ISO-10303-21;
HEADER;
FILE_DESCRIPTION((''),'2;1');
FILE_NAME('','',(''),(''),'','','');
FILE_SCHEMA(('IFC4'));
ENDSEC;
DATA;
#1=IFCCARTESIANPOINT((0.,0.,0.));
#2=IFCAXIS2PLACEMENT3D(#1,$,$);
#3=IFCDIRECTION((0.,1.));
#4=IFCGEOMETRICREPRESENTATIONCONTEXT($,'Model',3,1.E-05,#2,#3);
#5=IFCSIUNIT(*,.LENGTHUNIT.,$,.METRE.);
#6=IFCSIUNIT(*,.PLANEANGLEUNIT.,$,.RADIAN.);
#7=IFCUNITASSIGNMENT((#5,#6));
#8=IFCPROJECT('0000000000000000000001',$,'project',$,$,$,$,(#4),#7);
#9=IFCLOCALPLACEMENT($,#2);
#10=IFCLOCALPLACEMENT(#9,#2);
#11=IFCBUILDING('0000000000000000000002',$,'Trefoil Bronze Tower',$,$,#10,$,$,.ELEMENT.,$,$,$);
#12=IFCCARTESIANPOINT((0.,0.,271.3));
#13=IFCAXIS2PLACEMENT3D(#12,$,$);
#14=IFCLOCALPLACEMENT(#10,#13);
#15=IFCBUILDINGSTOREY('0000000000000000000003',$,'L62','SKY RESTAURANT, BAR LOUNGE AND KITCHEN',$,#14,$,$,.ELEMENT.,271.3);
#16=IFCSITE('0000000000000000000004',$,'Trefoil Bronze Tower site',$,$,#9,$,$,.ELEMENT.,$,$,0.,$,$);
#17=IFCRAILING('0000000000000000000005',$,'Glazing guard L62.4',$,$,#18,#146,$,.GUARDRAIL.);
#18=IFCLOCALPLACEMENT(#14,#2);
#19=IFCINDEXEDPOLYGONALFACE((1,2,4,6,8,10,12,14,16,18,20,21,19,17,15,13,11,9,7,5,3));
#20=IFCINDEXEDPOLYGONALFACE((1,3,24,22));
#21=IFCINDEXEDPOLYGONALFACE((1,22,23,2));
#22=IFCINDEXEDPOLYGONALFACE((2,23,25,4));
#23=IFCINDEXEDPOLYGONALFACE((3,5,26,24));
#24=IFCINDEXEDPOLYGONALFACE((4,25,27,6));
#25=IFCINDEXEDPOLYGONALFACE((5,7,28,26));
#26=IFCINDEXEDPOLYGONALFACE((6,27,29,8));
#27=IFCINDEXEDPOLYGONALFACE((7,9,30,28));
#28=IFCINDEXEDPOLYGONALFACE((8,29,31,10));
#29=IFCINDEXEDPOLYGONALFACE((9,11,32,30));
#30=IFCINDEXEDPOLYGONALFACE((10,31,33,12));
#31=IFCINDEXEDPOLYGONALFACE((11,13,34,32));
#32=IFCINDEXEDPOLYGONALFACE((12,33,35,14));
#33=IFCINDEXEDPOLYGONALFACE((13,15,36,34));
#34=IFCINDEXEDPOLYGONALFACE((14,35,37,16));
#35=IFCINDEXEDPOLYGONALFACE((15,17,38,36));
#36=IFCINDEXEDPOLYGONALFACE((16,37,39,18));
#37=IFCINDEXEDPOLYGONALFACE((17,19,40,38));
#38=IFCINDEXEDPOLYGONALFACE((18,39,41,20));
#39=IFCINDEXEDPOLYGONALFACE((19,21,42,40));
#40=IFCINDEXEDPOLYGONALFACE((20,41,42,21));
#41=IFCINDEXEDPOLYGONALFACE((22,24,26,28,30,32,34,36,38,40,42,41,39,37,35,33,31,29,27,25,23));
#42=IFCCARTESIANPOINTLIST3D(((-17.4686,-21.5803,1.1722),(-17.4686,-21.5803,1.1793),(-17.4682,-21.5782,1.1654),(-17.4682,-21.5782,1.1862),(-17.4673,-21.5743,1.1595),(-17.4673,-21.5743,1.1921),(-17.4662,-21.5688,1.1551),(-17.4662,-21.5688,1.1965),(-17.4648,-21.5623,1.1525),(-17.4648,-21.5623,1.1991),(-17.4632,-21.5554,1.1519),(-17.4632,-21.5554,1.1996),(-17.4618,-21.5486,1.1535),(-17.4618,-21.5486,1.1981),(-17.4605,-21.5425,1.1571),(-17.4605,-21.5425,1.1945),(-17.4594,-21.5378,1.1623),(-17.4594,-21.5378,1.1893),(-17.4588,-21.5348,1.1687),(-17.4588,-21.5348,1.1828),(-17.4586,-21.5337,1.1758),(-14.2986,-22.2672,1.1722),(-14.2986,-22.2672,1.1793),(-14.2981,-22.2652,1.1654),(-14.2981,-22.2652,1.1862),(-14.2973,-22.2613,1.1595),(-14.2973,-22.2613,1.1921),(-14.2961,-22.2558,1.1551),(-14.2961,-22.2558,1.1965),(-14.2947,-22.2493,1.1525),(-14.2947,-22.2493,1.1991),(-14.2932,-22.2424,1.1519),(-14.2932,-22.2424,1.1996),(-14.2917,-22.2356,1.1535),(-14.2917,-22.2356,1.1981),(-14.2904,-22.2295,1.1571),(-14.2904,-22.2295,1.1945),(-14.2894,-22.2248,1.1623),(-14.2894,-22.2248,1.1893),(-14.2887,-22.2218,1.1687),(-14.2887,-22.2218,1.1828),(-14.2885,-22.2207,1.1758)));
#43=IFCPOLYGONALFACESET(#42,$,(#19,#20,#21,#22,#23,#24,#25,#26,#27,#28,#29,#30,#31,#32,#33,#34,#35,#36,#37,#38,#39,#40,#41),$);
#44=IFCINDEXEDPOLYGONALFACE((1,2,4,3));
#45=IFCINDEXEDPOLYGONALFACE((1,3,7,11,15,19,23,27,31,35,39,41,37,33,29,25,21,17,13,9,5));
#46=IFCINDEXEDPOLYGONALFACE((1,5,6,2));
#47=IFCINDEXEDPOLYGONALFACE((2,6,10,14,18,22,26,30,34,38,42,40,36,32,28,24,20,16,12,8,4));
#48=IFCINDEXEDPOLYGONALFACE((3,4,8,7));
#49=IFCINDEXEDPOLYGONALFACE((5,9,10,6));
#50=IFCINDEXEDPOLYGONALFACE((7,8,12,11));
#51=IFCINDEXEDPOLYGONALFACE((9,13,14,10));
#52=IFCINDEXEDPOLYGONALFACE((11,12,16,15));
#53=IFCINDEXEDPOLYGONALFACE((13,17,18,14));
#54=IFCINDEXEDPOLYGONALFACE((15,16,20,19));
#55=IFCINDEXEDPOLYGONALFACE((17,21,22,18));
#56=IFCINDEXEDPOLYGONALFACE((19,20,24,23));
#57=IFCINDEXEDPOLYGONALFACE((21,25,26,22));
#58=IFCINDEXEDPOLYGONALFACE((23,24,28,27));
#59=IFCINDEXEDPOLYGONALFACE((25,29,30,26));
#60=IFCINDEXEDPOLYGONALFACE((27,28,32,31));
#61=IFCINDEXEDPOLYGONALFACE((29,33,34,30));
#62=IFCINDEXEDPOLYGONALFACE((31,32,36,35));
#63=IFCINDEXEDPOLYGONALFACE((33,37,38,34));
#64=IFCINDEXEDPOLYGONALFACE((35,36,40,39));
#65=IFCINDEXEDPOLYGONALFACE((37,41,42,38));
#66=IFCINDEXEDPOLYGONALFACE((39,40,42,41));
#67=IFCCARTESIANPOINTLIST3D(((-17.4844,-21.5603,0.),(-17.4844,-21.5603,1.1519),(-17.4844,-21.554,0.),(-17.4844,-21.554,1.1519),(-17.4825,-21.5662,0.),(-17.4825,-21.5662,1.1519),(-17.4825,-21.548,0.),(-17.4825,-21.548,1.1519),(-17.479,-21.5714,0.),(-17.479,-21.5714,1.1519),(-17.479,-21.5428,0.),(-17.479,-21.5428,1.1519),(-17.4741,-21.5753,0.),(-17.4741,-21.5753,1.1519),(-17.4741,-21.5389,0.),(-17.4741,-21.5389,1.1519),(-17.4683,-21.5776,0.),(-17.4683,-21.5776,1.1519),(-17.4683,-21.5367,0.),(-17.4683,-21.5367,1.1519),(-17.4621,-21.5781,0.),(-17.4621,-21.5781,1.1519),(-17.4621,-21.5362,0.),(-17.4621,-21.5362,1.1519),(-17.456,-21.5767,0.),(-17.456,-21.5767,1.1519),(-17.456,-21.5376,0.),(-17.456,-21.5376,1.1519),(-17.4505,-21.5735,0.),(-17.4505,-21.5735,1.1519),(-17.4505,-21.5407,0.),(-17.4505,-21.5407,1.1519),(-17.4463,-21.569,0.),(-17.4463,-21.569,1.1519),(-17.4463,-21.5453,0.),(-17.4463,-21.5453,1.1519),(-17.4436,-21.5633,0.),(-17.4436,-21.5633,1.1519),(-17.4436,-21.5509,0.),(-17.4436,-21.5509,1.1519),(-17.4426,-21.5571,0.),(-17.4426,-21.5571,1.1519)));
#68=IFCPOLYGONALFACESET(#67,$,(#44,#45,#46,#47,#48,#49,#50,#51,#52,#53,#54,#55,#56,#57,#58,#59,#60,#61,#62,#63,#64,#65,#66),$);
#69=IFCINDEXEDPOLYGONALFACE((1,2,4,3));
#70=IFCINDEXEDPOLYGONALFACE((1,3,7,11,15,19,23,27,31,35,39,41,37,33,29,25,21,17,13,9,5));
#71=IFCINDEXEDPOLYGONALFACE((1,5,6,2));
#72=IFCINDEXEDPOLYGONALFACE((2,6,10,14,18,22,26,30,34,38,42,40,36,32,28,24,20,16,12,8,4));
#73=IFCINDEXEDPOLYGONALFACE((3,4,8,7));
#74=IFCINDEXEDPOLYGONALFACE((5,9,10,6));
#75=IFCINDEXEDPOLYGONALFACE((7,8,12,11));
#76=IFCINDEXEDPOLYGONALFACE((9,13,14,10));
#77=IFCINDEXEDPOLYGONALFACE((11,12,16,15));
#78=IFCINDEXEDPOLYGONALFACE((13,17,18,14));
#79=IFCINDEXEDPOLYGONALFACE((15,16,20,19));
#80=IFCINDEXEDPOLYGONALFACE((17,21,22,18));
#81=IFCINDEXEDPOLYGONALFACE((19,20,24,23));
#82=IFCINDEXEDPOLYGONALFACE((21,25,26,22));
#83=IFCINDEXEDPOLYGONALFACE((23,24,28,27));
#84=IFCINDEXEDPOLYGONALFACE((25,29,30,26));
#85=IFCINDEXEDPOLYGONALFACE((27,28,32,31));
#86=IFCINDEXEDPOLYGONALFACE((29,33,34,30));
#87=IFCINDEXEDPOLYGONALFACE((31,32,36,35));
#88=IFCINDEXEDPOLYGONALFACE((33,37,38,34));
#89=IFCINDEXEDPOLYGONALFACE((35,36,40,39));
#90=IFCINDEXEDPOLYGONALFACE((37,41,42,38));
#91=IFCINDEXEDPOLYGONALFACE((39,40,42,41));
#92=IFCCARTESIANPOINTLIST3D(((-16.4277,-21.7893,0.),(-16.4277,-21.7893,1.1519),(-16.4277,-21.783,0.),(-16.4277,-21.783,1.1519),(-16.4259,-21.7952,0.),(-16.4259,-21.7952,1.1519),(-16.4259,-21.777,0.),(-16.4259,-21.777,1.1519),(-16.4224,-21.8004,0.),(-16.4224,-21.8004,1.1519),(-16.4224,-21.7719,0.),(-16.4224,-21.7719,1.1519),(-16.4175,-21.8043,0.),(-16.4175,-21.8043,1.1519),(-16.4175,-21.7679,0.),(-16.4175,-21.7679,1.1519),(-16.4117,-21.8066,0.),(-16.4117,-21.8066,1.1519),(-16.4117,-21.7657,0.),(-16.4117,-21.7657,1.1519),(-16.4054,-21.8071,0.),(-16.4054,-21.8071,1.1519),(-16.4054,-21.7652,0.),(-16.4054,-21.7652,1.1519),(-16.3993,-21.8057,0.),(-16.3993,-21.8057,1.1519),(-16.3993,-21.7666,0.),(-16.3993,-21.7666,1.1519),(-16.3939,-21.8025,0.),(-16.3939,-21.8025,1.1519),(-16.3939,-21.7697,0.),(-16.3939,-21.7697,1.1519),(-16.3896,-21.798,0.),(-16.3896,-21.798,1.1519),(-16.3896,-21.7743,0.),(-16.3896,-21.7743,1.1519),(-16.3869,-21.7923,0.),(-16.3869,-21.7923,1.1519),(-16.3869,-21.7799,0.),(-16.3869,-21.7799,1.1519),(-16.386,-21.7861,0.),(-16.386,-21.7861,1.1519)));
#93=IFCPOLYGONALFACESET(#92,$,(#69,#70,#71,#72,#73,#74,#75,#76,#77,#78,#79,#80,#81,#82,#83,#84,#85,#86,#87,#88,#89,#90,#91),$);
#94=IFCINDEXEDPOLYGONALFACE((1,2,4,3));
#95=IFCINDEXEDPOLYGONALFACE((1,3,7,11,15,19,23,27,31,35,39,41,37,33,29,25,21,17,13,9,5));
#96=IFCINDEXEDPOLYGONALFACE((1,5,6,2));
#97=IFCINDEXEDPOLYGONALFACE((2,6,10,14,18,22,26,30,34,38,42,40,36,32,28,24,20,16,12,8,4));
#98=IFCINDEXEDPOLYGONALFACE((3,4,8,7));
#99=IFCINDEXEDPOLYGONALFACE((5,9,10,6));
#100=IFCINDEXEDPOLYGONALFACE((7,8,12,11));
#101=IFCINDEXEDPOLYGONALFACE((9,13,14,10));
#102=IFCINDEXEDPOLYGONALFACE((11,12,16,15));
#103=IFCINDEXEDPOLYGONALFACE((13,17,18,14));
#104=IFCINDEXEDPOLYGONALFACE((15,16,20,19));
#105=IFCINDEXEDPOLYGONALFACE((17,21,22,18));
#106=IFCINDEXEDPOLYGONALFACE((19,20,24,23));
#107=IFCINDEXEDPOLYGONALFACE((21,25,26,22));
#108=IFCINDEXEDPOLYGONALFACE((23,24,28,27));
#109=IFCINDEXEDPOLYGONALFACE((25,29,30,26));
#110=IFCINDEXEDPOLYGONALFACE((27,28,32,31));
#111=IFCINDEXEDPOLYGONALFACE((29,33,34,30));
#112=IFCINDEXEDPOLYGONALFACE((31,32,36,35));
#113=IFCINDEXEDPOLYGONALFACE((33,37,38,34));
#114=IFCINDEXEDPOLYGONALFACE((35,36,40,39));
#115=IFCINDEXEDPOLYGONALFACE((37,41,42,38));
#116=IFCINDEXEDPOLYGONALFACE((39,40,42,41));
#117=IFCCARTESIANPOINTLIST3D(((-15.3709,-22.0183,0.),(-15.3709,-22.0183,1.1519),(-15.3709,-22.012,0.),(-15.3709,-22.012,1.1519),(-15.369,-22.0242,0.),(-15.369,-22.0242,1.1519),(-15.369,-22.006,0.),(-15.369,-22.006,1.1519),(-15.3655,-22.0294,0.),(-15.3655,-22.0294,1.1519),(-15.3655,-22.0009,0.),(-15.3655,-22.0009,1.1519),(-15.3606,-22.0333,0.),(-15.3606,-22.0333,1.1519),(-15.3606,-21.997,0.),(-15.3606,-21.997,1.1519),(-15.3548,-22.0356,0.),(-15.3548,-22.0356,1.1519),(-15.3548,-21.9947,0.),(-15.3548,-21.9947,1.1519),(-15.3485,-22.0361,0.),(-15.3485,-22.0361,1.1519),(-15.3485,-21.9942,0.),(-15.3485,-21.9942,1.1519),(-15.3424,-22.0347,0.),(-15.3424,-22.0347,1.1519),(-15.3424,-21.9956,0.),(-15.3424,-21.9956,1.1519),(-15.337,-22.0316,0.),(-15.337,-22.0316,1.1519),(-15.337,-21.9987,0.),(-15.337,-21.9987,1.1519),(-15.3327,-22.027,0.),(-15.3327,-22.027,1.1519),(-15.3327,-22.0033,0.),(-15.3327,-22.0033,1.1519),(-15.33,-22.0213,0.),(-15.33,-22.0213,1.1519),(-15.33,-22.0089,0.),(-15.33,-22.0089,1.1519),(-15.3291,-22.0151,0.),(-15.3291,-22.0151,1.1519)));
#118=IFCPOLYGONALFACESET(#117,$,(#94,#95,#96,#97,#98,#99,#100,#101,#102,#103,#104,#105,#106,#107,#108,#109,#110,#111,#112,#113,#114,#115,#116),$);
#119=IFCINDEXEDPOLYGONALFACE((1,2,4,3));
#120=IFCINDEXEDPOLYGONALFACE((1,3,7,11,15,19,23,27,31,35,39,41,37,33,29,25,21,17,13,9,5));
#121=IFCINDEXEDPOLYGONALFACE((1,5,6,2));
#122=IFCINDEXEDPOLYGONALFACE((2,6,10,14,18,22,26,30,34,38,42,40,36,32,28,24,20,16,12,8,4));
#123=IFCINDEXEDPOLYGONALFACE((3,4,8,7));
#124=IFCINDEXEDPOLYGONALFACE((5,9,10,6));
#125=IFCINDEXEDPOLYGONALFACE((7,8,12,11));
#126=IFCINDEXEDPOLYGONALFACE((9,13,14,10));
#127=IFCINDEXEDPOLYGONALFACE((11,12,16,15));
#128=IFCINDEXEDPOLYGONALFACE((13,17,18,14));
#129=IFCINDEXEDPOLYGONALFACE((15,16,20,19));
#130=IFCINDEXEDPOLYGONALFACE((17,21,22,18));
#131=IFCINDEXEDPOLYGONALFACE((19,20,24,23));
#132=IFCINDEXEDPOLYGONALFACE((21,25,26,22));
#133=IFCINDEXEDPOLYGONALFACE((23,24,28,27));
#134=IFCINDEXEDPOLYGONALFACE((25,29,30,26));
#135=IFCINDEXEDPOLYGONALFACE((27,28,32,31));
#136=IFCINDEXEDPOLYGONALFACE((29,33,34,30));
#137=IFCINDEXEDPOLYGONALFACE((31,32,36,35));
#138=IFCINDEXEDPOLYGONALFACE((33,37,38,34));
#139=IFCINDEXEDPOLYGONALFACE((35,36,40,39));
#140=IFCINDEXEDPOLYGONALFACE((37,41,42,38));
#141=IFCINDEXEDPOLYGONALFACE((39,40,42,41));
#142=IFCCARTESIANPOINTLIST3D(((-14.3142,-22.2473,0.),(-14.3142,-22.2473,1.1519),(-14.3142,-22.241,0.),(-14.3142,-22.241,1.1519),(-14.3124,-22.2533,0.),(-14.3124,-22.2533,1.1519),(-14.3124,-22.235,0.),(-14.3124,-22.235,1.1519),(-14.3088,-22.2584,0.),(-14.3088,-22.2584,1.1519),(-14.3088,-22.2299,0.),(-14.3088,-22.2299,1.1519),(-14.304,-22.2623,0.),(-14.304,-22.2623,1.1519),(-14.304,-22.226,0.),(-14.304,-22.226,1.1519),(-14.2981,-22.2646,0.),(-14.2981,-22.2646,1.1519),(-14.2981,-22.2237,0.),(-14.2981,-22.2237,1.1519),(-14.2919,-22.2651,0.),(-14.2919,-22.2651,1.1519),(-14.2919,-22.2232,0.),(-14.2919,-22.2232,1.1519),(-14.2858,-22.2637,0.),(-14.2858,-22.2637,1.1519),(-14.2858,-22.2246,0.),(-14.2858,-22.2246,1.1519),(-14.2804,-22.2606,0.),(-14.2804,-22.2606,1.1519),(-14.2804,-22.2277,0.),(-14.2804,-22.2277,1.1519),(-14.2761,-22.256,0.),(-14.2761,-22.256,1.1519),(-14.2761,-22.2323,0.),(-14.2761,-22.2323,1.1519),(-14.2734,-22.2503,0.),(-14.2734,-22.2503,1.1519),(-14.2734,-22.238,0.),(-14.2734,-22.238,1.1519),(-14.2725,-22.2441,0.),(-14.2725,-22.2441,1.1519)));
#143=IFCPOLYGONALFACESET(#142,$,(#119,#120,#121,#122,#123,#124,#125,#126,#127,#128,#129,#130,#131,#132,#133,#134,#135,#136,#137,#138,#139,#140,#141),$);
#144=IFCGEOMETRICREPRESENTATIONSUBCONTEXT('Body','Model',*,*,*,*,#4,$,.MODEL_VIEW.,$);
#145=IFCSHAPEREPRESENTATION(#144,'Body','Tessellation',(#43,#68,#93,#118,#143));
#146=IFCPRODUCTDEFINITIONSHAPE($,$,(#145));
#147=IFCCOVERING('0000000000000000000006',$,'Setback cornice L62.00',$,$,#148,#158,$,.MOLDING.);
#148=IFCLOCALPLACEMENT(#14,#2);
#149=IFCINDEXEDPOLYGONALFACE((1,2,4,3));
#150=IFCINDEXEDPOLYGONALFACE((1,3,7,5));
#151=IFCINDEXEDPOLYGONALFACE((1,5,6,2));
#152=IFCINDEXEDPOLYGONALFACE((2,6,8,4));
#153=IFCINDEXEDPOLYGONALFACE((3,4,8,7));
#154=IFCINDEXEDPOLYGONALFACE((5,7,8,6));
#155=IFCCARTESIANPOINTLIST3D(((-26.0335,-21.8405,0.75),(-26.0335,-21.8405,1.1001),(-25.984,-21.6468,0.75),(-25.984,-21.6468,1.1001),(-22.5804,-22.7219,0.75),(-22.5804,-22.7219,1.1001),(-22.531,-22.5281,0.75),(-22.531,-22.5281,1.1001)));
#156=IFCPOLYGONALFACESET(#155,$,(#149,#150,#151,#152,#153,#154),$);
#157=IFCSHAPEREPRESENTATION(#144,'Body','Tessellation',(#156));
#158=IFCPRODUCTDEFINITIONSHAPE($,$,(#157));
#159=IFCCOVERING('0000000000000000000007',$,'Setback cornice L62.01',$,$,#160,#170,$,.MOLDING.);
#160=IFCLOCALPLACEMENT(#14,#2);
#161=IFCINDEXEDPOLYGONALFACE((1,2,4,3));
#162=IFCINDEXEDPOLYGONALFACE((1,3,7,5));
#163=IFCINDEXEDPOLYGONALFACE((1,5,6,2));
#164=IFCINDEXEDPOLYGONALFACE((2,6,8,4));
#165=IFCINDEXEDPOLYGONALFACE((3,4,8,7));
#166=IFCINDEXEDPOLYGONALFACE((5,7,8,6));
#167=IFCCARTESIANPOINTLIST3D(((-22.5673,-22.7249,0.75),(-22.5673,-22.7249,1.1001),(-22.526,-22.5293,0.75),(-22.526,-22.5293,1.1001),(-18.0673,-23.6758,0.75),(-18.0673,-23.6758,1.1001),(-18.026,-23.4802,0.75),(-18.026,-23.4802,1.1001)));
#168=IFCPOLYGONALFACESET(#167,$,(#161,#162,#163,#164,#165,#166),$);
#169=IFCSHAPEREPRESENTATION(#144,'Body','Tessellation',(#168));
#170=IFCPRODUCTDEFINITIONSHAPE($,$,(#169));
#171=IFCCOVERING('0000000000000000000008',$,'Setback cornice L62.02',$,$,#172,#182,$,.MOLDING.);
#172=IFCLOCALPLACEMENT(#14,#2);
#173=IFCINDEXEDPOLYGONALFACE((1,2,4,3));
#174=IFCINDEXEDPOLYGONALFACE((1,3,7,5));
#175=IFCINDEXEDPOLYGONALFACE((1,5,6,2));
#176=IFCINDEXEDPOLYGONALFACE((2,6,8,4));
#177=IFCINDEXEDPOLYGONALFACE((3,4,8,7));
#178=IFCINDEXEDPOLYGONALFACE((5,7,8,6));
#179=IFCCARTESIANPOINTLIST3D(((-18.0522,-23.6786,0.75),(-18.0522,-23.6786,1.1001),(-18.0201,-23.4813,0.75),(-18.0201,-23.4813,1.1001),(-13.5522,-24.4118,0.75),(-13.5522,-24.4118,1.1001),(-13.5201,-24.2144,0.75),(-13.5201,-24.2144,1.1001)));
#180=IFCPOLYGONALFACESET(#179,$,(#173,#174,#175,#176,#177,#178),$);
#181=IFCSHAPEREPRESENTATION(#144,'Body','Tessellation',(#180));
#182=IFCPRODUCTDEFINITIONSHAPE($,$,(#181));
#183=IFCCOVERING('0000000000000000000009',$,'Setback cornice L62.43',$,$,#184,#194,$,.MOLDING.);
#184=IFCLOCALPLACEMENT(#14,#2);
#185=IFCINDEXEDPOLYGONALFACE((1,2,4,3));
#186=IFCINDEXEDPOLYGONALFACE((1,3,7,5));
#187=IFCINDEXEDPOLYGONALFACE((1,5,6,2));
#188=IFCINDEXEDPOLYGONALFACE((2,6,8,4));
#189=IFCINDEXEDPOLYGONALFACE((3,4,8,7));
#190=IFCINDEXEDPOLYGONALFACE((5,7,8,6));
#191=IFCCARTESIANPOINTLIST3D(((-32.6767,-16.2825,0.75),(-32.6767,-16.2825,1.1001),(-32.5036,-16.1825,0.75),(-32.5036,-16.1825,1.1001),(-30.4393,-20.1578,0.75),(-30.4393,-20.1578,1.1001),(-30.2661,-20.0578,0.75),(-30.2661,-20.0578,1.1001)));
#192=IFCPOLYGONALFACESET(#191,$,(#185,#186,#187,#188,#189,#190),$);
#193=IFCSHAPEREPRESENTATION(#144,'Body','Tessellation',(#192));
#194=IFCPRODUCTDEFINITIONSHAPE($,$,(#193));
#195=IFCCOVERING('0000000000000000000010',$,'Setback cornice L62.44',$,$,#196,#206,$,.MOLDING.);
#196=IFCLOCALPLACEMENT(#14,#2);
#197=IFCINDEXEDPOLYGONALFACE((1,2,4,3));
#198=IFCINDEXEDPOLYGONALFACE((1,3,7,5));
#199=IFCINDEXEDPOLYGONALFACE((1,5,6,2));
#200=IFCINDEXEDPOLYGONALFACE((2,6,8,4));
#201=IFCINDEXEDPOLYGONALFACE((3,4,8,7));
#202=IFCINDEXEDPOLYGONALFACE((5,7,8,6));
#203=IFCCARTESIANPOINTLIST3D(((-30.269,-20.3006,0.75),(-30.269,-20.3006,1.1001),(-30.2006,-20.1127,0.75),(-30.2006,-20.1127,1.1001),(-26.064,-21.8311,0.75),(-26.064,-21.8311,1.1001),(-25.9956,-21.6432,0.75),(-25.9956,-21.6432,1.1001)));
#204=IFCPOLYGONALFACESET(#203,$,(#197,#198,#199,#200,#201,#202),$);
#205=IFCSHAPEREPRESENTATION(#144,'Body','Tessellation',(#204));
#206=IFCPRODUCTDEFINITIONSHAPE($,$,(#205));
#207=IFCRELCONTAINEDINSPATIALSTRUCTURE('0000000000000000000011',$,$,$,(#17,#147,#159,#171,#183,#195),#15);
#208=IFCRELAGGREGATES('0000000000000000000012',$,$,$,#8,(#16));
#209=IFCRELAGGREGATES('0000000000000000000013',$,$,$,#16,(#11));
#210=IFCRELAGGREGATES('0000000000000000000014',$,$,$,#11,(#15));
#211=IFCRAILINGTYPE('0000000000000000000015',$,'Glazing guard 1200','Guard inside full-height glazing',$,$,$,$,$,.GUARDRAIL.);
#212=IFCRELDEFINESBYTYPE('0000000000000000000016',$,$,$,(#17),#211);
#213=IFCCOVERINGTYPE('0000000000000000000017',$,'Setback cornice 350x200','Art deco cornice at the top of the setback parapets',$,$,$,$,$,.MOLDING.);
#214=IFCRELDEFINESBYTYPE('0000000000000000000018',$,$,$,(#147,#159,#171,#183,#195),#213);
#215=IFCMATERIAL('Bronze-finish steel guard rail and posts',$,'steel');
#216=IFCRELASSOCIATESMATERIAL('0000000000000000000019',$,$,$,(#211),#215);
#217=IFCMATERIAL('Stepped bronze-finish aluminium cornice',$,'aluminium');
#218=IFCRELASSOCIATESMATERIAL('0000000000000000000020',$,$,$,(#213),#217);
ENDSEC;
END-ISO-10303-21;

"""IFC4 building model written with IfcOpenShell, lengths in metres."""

from ifc_helpers import new_model, si_unit, direction, frame, origin, origin_2d, place, context, subcontext, project, spatial, rectangle, circle, extrude, material, type_object, element, save


model = new_model("IFC4")

# Units and contexts
model_context = context("Model", 3, precision=1e-05, world=origin(), true_north=direction((0.0, 1.0)))
body_context = subcontext(model_context, "Body", "Model", "MODEL_VIEW")
ifc_project = project(units=[si_unit("LENGTHUNIT", "METRE"), si_unit("PLANEANGLEUNIT", "RADIAN")], contexts=[model_context])

# Site, building, storey
site_placement = place(None, origin())
site = spatial("IfcSite", under=ifc_project, at=site_placement, Name="Trefoil Bronze Tower site", CompositionType="ELEMENT", RefElevation=0.0)
building_placement = place(site_placement, origin())
building = spatial("IfcBuilding", under=site, at=building_placement, Name="Trefoil Bronze Tower", CompositionType="ELEMENT")
storey_placement = place(building_placement, frame((0.0, 0.0, 271.3)))
storey = spatial("IfcBuildingStorey", under=building, at=storey_placement, Name="L62", Description="SKY RESTAURANT, BAR LOUNGE AND KITCHEN", CompositionType="ELEMENT", Elevation=271.3)

# Railing
ifc_material_1 = material(Name="Bronze-finish steel guard rail and posts", Category="steel")
railing_type_1 = type_object("IfcRailingType", Name="Glazing guard 1200", Description="Guard inside full-height glazing", PredefinedType="GUARDRAIL", material=ifc_material_1)
railing_1_placement = place(storey_placement, frame((-17.4636, -21.5571, 0.0)))
element("IfcRailing", 1, at=railing_1_placement, inside=storey, type_object=railing_type_1, Name="Glazing guard L62.4", PredefinedType="GUARDRAIL", context=body_context, shape_type="SweptSolid", body=[
    extrude(circle(Radius=0.0239, at=origin_2d()), frame((0.0, 0.0, 1.1758), z_axis=(0.977314, -0.211795, 0.0), x_axis=(0.211795, 0.977314, 0.0)), (0.0, 0.0, 1.0), 3.2437),
    extrude(circle(Radius=0.021, at=origin_2d()), origin(), (0.0, 0.0, 1.0), 1.1519),
    extrude(circle(Radius=0.021, at=origin_2d()), frame((1.0566, -0.229, 0.0)), (0.0, 0.0, 1.0), 1.1519),
    extrude(circle(Radius=0.021, at=origin_2d()), frame((2.1135, -0.458, 0.0)), (0.0, 0.0, 1.0), 1.1519),
    extrude(circle(Radius=0.021, at=origin_2d()), frame((3.1702, -0.687, 0.0)), (0.0, 0.0, 1.0), 1.1519),
])

# Coverings
ifc_material_2 = material(Name="Stepped bronze-finish aluminium cornice", Category="aluminium")
covering_type = type_object("IfcCoveringType", Name="Setback cornice 350x200", Description="Art deco cornice at the top of the setback parapets", PredefinedType="MOLDING", material=ifc_material_2)
covering_1_placement = place(storey_placement, frame((-24.2822, -22.1843, 0.75), z_axis=(0.0, 0.0, 1.0), x_axis=(0.968934, -0.247319, 0.0)))
element("IfcCovering", 2, at=covering_1_placement, inside=storey, type_object=covering_type, Name="Setback cornice L62.00", PredefinedType="MOLDING", context=body_context, shape_type="SweptSolid", body=[
    extrude(rectangle(XDim=3.5637, YDim=0.2, at=origin_2d()), origin(), (0.0, 0.0, 1.0), 0.3501),
])
covering_2_placement = place(storey_placement, frame((-20.2966, -23.1025, 0.75), z_axis=(0.0, 0.0, 1.0), x_axis=(0.978394, -0.206747, 0.0)))
element("IfcCovering", 3, at=covering_2_placement, inside=storey, type_object=covering_type, Name="Setback cornice L62.01", PredefinedType="MOLDING", context=body_context, shape_type="SweptSolid", body=[
    extrude(rectangle(XDim=4.5994, YDim=0.2, at=origin_2d()), origin(), (0.0, 0.0, 1.0), 0.3501),
])
covering_3_placement = place(storey_placement, frame((-15.7861, -23.9465, 0.75), z_axis=(0.0, 0.0, 1.0), x_axis=(0.986987, -0.160803, 0.0)))
element("IfcCovering", 4, at=covering_3_placement, inside=storey, type_object=covering_type, Name="Setback cornice L62.02", PredefinedType="MOLDING", context=body_context, shape_type="SweptSolid", body=[
    extrude(rectangle(XDim=4.5593, YDim=0.2, at=origin_2d()), origin(), (0.0, 0.0, 1.0), 0.3501),
])
for number, where, z_axis, x_axis, name in (
    (5, (-31.4714, -18.1702, 0.75), (0.0, 0.0, 1.0), (0.5, -0.866025, 0.0), "Setback cornice L62.43"),
    (6, (-28.1323, -20.9719, 0.75), (0.0, 0.0, 1.0), (0.939693, -0.34202, 0.0), "Setback cornice L62.44"),
):
    element("IfcCovering", number, at=place(storey_placement, frame(where, z_axis=z_axis, x_axis=x_axis)), inside=storey, type_object=covering_type, Name=name, PredefinedType="MOLDING", context=body_context, shape_type="SweptSolid", body=[
        extrude(rectangle(XDim=4.4749, YDim=0.2, at=origin_2d()), origin(), (0.0, 0.0, 1.0), 0.3501),
    ])

save(model, "model.ifc")
